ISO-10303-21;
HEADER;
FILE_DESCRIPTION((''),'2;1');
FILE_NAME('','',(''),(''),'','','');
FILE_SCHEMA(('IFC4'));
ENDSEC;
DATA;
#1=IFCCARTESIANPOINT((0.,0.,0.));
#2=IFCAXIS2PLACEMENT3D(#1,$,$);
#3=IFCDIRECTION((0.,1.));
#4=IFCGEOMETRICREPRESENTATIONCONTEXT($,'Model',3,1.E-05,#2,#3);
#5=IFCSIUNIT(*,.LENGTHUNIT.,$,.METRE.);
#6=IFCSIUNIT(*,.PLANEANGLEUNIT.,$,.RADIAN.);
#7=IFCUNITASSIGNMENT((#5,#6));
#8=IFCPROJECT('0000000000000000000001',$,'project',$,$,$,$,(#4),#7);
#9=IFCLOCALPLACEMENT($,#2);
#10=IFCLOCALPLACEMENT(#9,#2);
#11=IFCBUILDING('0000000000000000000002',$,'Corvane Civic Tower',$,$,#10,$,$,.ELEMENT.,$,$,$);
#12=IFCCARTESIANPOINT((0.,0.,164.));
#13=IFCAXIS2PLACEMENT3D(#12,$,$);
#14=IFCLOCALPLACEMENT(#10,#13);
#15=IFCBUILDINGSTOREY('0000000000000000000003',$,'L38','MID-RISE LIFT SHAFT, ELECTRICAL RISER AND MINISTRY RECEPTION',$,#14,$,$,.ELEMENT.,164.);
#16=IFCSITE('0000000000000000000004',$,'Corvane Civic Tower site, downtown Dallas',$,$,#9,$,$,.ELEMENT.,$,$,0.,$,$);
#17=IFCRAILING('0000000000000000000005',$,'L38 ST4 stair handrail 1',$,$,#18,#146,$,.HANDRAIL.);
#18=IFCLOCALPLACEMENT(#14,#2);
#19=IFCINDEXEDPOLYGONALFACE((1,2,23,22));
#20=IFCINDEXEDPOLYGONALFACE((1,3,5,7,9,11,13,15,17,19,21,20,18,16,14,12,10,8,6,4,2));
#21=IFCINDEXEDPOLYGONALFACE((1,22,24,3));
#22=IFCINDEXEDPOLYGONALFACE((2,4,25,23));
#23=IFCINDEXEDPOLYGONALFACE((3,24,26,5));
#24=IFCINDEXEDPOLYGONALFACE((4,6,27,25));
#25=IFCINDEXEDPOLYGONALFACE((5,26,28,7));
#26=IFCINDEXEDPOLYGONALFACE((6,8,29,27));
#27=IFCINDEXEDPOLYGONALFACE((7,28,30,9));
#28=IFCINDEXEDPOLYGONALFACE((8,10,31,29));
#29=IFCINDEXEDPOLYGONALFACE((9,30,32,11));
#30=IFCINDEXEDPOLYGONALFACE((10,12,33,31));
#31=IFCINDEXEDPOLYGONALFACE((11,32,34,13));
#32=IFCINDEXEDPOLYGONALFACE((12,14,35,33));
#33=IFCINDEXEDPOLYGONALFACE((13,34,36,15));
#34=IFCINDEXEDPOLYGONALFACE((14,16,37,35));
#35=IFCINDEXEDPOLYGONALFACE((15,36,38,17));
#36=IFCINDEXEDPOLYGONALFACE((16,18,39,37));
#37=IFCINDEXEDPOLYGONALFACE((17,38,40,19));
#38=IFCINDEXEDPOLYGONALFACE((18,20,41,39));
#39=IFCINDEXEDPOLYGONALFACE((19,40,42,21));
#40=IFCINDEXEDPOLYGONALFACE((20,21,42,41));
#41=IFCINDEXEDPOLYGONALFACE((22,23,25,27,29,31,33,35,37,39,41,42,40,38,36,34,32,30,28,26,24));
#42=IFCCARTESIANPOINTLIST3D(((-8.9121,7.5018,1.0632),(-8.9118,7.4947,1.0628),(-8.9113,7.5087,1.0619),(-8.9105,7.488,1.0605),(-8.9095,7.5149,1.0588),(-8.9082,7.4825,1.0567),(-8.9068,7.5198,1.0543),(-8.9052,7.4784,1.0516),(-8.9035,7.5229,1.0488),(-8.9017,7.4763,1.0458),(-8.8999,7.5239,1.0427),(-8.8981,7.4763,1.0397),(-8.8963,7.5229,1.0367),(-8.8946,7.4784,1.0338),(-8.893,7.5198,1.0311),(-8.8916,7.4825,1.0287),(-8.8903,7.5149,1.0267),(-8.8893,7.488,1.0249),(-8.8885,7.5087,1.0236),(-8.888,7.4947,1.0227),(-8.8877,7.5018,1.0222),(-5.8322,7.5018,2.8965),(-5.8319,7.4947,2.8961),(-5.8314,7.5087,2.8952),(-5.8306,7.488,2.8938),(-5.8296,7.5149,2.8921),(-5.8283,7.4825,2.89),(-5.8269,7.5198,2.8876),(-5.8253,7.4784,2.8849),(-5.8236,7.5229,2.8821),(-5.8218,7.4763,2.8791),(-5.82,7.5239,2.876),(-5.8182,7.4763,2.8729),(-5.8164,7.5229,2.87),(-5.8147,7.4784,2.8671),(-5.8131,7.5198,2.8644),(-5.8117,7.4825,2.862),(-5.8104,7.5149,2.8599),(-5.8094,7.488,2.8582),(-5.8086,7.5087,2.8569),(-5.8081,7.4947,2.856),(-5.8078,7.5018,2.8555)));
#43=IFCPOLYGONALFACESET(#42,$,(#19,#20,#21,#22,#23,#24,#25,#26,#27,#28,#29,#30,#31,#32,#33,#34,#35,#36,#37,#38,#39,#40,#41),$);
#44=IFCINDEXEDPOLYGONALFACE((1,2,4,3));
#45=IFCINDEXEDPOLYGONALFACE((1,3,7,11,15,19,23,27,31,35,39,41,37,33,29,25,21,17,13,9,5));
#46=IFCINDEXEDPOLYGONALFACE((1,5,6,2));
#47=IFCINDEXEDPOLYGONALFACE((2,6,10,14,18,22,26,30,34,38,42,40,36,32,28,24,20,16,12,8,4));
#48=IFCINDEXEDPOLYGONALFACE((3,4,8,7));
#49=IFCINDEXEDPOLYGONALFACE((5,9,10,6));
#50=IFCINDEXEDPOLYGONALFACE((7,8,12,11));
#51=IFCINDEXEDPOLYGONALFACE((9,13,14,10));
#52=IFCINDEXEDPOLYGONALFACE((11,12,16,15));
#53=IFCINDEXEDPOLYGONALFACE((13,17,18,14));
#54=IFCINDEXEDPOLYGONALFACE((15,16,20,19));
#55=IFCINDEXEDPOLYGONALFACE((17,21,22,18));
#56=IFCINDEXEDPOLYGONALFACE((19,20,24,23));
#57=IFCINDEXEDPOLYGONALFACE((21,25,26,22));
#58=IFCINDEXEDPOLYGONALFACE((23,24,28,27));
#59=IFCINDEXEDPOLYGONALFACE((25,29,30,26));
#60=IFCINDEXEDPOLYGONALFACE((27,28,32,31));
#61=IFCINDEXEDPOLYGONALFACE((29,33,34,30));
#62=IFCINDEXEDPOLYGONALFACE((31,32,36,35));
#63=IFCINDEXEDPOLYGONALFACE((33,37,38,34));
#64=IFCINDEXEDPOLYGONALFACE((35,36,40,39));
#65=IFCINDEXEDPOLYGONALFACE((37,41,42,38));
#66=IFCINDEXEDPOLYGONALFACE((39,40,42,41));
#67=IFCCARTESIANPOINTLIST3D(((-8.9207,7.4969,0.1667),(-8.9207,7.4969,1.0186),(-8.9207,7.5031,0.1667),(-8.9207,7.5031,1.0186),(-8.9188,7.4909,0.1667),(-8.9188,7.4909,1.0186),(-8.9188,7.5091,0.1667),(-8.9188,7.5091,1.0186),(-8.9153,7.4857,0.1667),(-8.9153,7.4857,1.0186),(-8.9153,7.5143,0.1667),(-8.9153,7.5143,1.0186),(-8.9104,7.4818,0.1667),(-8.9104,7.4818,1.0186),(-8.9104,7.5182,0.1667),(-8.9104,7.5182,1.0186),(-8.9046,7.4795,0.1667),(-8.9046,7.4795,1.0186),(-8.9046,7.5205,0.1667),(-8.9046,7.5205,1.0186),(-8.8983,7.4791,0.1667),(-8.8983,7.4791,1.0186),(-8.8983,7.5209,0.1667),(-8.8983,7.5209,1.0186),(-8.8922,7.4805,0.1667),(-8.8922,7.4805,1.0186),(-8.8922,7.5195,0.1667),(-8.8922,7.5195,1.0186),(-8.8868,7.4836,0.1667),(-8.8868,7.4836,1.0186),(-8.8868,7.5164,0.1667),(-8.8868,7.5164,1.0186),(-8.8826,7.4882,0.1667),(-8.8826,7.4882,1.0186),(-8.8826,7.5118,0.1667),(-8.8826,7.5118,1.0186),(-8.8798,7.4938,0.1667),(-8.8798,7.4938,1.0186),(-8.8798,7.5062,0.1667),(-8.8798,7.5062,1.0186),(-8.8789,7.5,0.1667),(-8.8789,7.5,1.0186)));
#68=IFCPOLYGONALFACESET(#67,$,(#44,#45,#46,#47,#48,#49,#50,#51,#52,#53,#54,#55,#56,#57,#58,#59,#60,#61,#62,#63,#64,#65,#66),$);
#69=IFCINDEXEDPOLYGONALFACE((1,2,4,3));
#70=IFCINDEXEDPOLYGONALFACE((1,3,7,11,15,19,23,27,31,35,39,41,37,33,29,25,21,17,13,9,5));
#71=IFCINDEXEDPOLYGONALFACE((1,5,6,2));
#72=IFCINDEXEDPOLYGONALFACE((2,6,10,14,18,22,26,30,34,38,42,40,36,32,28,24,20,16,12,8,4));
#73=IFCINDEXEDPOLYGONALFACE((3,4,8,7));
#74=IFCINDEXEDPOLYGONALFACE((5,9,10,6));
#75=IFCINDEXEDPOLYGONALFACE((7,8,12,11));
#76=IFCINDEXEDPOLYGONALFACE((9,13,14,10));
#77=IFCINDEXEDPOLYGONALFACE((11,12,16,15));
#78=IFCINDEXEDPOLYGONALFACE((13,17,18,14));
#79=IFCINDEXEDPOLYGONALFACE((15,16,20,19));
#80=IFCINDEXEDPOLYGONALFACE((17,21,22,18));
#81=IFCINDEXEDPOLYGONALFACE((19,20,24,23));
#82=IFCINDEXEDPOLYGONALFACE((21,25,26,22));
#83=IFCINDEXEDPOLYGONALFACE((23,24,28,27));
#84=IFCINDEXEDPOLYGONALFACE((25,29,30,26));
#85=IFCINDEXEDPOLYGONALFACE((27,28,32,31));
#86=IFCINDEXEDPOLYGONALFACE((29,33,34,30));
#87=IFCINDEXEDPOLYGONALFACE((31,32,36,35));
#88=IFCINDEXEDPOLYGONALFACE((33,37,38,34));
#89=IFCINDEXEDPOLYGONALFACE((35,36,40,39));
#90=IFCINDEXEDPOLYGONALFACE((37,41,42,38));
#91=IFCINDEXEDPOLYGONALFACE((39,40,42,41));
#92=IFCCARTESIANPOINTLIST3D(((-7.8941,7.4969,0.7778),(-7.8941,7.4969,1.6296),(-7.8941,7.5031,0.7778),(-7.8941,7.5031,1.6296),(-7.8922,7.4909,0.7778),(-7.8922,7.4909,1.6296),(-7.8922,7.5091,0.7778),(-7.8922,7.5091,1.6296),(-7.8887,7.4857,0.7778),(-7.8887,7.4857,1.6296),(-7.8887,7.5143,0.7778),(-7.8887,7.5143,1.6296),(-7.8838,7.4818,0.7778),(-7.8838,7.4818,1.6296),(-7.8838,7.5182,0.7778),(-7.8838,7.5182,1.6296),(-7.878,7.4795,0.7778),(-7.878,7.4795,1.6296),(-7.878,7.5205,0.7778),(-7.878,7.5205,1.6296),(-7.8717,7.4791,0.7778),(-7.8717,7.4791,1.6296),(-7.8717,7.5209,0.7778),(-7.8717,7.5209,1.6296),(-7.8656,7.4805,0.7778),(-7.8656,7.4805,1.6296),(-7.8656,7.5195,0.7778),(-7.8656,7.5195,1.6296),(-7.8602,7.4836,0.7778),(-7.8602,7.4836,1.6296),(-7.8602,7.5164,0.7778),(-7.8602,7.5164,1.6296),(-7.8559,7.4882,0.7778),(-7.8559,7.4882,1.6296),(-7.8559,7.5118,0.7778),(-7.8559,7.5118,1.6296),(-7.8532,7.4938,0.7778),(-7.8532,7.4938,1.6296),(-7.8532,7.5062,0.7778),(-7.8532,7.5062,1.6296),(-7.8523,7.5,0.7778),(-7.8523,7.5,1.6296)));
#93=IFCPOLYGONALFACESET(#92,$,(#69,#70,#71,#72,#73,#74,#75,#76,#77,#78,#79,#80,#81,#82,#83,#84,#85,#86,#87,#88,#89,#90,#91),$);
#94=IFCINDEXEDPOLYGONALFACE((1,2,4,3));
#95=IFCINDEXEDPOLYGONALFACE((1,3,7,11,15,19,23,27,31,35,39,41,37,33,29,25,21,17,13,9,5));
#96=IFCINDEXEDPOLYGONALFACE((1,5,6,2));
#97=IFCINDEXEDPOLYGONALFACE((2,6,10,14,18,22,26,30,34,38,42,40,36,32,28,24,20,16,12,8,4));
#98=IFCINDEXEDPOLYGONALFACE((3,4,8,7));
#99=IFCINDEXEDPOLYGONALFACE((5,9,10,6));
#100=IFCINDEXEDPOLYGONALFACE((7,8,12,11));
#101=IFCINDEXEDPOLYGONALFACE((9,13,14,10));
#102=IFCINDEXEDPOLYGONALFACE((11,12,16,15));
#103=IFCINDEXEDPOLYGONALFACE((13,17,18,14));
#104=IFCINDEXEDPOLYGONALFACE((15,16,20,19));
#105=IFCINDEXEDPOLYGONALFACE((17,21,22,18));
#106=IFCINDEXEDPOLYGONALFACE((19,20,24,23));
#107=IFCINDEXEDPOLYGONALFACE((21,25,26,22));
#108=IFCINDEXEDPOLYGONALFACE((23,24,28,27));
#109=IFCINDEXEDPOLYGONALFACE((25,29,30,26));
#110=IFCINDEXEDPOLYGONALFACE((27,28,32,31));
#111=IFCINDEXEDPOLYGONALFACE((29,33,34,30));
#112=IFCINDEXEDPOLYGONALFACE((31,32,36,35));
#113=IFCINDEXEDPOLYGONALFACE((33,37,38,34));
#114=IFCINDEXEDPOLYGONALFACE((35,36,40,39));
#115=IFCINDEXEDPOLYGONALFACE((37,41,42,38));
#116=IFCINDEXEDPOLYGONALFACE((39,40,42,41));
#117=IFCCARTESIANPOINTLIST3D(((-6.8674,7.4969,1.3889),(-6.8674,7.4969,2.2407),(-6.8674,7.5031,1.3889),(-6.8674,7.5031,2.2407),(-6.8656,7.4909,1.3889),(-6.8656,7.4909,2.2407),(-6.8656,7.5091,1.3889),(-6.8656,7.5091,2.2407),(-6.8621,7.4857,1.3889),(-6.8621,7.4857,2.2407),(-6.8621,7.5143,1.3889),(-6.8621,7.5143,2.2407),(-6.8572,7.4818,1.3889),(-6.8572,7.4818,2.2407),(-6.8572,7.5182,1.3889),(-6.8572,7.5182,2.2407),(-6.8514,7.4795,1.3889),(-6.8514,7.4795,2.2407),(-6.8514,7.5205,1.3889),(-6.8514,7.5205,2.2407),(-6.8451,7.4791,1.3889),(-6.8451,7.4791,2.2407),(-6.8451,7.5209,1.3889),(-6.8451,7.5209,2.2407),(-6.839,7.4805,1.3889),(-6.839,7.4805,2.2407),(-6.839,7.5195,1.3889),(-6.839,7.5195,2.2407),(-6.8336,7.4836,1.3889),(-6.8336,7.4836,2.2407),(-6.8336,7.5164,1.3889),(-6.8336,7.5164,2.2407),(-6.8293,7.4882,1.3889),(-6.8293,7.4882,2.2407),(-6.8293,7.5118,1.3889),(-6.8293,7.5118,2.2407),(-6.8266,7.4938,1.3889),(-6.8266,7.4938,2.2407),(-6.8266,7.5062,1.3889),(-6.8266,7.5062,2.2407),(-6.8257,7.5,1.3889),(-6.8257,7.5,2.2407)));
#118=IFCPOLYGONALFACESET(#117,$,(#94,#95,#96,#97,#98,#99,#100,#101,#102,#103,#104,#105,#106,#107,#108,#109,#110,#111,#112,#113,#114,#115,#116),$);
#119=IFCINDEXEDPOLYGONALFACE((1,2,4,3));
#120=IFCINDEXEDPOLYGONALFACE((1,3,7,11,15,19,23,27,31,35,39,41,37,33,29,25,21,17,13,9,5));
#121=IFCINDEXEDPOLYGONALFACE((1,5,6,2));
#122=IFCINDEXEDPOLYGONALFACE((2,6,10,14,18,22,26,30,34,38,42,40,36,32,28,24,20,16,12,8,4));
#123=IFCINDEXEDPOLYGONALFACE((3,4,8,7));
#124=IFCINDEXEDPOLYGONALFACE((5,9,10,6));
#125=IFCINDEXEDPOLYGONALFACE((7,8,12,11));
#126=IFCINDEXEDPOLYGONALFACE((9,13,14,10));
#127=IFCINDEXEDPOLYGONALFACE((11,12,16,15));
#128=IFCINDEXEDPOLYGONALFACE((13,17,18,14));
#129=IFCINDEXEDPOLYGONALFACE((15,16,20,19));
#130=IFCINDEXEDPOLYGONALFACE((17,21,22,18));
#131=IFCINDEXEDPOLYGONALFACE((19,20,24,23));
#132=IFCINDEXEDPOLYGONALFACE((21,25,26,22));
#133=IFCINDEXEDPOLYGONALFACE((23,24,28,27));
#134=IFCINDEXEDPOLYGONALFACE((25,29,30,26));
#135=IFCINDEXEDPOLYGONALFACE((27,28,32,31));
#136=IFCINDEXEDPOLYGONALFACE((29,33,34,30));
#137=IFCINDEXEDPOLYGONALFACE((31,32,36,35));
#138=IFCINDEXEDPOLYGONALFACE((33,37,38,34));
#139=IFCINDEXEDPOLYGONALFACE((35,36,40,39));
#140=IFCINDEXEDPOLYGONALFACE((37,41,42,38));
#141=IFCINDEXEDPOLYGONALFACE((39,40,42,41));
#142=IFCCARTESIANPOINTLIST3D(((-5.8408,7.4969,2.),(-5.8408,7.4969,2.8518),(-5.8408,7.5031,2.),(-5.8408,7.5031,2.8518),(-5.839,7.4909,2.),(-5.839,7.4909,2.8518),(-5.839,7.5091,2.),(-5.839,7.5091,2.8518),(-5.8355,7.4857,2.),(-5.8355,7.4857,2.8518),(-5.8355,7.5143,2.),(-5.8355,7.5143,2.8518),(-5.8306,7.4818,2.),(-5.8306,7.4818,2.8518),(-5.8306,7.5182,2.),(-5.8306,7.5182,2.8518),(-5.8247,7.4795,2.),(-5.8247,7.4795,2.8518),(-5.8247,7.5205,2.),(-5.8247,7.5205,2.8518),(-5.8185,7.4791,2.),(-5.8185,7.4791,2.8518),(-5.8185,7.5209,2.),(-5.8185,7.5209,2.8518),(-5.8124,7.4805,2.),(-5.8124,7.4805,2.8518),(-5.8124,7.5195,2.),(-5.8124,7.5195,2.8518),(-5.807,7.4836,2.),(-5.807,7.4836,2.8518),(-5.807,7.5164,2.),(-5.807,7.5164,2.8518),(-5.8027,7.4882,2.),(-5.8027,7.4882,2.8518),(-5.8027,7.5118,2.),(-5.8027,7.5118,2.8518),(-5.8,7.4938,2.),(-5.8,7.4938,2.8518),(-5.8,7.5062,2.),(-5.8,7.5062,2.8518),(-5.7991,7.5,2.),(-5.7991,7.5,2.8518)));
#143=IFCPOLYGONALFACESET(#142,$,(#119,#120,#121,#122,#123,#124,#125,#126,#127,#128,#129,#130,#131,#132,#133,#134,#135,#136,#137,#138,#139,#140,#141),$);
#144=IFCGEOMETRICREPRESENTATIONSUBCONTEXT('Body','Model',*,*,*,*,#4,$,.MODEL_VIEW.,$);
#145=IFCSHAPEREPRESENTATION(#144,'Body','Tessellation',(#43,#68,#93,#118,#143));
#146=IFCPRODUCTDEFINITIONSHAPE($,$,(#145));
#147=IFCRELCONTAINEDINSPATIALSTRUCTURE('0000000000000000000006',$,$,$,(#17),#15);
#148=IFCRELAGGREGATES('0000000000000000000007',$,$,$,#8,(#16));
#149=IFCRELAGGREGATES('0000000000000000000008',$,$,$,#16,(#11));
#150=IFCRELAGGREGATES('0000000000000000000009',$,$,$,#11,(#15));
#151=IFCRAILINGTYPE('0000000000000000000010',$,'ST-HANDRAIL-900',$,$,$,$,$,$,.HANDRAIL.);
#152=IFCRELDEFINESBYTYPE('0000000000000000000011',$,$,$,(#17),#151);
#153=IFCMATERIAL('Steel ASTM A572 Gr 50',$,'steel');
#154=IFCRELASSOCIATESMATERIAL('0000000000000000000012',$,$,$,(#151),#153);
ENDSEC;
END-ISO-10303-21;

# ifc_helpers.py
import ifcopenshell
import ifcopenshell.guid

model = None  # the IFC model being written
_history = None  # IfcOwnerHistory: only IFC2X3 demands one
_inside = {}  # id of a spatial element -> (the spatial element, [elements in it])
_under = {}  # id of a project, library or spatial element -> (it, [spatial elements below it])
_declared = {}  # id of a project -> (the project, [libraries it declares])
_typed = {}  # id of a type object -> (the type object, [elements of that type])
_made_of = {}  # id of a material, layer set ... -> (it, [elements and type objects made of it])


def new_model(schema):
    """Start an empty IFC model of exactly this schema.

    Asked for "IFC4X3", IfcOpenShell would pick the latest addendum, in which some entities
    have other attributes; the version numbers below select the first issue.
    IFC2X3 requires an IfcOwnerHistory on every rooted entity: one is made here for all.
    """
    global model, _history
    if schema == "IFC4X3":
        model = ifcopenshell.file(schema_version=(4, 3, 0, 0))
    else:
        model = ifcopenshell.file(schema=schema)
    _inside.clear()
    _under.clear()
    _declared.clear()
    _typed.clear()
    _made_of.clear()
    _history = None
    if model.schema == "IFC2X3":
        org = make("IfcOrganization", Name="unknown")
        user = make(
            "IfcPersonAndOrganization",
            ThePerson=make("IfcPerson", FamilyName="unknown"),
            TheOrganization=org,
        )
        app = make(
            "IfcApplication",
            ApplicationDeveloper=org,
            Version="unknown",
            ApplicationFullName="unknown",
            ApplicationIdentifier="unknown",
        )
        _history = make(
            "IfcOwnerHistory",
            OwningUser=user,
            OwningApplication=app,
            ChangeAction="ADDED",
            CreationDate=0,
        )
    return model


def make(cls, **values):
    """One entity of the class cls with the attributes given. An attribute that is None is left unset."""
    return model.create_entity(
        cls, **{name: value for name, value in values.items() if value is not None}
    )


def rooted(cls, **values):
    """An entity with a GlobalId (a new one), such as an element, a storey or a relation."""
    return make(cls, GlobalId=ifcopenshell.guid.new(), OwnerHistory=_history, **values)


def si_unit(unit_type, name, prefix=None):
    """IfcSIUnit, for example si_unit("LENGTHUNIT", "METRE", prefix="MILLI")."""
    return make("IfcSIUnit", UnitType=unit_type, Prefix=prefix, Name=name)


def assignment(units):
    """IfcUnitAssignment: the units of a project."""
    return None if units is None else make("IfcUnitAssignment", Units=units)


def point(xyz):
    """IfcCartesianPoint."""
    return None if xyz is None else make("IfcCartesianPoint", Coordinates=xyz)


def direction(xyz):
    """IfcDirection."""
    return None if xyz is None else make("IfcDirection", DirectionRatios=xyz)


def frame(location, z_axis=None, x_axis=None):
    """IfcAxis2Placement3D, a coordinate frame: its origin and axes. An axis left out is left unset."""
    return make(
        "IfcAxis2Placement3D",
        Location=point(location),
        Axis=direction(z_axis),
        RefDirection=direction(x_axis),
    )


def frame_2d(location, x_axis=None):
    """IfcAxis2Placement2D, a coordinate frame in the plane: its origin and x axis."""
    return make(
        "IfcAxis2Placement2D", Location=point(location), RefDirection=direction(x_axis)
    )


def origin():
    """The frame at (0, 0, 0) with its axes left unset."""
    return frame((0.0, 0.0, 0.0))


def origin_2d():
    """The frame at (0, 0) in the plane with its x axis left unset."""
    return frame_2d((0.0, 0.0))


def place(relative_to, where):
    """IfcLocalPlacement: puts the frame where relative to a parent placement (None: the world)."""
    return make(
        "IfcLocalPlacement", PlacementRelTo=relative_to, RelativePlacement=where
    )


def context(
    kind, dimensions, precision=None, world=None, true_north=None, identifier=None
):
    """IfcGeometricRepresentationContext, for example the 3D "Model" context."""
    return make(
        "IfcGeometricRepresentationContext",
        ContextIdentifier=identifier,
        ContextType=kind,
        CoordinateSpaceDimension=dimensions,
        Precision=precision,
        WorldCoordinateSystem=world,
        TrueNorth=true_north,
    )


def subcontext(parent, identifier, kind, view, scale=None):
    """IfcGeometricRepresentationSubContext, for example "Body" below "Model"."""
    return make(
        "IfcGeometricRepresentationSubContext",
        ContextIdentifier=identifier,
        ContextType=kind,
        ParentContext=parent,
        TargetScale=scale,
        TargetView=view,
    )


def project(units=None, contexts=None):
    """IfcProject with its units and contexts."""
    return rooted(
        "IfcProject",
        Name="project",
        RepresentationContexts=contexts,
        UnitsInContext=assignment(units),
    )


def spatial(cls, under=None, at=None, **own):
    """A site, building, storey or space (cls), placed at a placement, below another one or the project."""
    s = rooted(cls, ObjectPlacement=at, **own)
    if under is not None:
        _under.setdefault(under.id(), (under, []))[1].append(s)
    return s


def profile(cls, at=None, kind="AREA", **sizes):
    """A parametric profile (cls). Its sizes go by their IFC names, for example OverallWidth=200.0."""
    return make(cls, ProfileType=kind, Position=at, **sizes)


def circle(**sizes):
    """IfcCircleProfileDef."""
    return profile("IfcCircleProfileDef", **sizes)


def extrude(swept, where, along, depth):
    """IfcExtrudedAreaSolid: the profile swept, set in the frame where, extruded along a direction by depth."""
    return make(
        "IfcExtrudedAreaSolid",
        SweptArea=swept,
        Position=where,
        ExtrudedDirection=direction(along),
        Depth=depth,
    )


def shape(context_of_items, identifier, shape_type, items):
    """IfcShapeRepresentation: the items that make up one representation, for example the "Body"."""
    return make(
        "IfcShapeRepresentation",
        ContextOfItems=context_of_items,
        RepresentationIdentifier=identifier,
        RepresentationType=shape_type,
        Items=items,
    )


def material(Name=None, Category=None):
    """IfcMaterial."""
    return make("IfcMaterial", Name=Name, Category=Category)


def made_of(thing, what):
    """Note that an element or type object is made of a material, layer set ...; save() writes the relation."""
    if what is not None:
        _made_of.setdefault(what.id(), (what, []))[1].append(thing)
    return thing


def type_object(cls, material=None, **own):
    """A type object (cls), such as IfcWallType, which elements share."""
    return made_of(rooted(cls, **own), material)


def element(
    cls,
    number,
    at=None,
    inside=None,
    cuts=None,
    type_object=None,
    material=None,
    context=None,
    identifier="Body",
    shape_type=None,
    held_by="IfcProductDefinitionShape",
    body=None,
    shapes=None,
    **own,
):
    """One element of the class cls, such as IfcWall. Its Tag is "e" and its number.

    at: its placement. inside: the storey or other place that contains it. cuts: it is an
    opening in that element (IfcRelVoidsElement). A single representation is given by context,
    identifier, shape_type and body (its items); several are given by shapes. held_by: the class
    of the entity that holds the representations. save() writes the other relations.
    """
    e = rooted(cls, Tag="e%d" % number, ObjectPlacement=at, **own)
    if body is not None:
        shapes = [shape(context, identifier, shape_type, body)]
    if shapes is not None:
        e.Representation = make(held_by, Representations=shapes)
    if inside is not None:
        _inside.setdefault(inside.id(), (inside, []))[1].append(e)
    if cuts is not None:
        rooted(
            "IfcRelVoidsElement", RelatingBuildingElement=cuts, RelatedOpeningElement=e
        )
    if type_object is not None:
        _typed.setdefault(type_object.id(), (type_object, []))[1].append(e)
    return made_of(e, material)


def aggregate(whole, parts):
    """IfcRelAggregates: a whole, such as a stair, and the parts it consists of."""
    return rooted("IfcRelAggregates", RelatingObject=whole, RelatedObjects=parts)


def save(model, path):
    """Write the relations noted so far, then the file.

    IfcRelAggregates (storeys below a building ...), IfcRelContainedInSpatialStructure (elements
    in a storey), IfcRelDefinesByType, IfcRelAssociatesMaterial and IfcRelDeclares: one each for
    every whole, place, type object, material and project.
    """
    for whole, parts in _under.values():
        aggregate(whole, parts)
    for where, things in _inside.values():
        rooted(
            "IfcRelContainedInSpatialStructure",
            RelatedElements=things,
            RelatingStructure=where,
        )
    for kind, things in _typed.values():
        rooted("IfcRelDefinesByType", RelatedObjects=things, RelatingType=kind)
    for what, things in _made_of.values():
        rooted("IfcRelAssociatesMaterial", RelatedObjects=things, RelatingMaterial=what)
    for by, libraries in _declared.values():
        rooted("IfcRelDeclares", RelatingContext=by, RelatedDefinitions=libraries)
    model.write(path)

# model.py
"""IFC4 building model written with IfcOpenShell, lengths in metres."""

from ifc_helpers import new_model, si_unit, direction, frame, origin, origin_2d, place, context, subcontext, project, spatial, circle, extrude, material, type_object, element, save


model = new_model("IFC4")

# Units and contexts
model_context = context("Model", 3, precision=1e-05, world=origin(), true_north=direction((0.0, 1.0)))
body_context = subcontext(model_context, "Body", "Model", "MODEL_VIEW")
ifc_project = project(units=[si_unit("LENGTHUNIT", "METRE"), si_unit("PLANEANGLEUNIT", "RADIAN")], contexts=[model_context])

# Site, building, storey
site_placement = place(None, origin())
site = spatial("IfcSite", under=ifc_project, at=site_placement, Name="Corvane Civic Tower site, downtown Dallas", CompositionType="ELEMENT", RefElevation=0.0)
building_placement = place(site_placement, origin())
building = spatial("IfcBuilding", under=site, at=building_placement, Name="Corvane Civic Tower", CompositionType="ELEMENT")
storey_placement = place(building_placement, frame((0.0, 0.0, 164.0)))
storey = spatial("IfcBuildingStorey", under=building, at=storey_placement, Name="L38", Description="MID-RISE LIFT SHAFT, ELECTRICAL RISER AND MINISTRY RECEPTION", CompositionType="ELEMENT", Elevation=164.0)

# Railing
ifc_material_1 = material(Name="Steel ASTM A572 Gr 50", Category="steel")
railing_type_1 = type_object("IfcRailingType", Name="ST-HANDRAIL-900", PredefinedType="HANDRAIL", material=ifc_material_1)
railing_1_placement = place(storey_placement, frame((-8.8999, 7.5, 0.1667)))
element("IfcRailing", 1, at=railing_1_placement, inside=storey, type_object=railing_type_1, Name="L38 ST4 stair handrail 1", PredefinedType="HANDRAIL", context=body_context, shape_type="SweptSolid", body=[
    extrude(circle(Radius=0.0239, at=origin_2d()), frame((0.0, 0.0, 0.876), z_axis=(0.859291, 0.0, 0.511487), x_axis=(0.0, 1.0, 0.0)), (0.0, 0.0, 1.0), 3.5842),
    extrude(circle(Radius=0.021, at=origin_2d()), origin(), (0.0, 0.0, 1.0), 0.8518),
    extrude(circle(Radius=0.021, at=origin_2d()), frame((1.0266, 0.0, 0.6111)), (0.0, 0.0, 1.0), 0.8518),
    extrude(circle(Radius=0.021, at=origin_2d()), frame((2.0532, 0.0, 1.2222)), (0.0, 0.0, 1.0), 0.8518),
    extrude(circle(Radius=0.021, at=origin_2d()), frame((3.0798, 0.0, 1.8333)), (0.0, 0.0, 1.0), 0.8518),
])

save(model, "model.ifc")
